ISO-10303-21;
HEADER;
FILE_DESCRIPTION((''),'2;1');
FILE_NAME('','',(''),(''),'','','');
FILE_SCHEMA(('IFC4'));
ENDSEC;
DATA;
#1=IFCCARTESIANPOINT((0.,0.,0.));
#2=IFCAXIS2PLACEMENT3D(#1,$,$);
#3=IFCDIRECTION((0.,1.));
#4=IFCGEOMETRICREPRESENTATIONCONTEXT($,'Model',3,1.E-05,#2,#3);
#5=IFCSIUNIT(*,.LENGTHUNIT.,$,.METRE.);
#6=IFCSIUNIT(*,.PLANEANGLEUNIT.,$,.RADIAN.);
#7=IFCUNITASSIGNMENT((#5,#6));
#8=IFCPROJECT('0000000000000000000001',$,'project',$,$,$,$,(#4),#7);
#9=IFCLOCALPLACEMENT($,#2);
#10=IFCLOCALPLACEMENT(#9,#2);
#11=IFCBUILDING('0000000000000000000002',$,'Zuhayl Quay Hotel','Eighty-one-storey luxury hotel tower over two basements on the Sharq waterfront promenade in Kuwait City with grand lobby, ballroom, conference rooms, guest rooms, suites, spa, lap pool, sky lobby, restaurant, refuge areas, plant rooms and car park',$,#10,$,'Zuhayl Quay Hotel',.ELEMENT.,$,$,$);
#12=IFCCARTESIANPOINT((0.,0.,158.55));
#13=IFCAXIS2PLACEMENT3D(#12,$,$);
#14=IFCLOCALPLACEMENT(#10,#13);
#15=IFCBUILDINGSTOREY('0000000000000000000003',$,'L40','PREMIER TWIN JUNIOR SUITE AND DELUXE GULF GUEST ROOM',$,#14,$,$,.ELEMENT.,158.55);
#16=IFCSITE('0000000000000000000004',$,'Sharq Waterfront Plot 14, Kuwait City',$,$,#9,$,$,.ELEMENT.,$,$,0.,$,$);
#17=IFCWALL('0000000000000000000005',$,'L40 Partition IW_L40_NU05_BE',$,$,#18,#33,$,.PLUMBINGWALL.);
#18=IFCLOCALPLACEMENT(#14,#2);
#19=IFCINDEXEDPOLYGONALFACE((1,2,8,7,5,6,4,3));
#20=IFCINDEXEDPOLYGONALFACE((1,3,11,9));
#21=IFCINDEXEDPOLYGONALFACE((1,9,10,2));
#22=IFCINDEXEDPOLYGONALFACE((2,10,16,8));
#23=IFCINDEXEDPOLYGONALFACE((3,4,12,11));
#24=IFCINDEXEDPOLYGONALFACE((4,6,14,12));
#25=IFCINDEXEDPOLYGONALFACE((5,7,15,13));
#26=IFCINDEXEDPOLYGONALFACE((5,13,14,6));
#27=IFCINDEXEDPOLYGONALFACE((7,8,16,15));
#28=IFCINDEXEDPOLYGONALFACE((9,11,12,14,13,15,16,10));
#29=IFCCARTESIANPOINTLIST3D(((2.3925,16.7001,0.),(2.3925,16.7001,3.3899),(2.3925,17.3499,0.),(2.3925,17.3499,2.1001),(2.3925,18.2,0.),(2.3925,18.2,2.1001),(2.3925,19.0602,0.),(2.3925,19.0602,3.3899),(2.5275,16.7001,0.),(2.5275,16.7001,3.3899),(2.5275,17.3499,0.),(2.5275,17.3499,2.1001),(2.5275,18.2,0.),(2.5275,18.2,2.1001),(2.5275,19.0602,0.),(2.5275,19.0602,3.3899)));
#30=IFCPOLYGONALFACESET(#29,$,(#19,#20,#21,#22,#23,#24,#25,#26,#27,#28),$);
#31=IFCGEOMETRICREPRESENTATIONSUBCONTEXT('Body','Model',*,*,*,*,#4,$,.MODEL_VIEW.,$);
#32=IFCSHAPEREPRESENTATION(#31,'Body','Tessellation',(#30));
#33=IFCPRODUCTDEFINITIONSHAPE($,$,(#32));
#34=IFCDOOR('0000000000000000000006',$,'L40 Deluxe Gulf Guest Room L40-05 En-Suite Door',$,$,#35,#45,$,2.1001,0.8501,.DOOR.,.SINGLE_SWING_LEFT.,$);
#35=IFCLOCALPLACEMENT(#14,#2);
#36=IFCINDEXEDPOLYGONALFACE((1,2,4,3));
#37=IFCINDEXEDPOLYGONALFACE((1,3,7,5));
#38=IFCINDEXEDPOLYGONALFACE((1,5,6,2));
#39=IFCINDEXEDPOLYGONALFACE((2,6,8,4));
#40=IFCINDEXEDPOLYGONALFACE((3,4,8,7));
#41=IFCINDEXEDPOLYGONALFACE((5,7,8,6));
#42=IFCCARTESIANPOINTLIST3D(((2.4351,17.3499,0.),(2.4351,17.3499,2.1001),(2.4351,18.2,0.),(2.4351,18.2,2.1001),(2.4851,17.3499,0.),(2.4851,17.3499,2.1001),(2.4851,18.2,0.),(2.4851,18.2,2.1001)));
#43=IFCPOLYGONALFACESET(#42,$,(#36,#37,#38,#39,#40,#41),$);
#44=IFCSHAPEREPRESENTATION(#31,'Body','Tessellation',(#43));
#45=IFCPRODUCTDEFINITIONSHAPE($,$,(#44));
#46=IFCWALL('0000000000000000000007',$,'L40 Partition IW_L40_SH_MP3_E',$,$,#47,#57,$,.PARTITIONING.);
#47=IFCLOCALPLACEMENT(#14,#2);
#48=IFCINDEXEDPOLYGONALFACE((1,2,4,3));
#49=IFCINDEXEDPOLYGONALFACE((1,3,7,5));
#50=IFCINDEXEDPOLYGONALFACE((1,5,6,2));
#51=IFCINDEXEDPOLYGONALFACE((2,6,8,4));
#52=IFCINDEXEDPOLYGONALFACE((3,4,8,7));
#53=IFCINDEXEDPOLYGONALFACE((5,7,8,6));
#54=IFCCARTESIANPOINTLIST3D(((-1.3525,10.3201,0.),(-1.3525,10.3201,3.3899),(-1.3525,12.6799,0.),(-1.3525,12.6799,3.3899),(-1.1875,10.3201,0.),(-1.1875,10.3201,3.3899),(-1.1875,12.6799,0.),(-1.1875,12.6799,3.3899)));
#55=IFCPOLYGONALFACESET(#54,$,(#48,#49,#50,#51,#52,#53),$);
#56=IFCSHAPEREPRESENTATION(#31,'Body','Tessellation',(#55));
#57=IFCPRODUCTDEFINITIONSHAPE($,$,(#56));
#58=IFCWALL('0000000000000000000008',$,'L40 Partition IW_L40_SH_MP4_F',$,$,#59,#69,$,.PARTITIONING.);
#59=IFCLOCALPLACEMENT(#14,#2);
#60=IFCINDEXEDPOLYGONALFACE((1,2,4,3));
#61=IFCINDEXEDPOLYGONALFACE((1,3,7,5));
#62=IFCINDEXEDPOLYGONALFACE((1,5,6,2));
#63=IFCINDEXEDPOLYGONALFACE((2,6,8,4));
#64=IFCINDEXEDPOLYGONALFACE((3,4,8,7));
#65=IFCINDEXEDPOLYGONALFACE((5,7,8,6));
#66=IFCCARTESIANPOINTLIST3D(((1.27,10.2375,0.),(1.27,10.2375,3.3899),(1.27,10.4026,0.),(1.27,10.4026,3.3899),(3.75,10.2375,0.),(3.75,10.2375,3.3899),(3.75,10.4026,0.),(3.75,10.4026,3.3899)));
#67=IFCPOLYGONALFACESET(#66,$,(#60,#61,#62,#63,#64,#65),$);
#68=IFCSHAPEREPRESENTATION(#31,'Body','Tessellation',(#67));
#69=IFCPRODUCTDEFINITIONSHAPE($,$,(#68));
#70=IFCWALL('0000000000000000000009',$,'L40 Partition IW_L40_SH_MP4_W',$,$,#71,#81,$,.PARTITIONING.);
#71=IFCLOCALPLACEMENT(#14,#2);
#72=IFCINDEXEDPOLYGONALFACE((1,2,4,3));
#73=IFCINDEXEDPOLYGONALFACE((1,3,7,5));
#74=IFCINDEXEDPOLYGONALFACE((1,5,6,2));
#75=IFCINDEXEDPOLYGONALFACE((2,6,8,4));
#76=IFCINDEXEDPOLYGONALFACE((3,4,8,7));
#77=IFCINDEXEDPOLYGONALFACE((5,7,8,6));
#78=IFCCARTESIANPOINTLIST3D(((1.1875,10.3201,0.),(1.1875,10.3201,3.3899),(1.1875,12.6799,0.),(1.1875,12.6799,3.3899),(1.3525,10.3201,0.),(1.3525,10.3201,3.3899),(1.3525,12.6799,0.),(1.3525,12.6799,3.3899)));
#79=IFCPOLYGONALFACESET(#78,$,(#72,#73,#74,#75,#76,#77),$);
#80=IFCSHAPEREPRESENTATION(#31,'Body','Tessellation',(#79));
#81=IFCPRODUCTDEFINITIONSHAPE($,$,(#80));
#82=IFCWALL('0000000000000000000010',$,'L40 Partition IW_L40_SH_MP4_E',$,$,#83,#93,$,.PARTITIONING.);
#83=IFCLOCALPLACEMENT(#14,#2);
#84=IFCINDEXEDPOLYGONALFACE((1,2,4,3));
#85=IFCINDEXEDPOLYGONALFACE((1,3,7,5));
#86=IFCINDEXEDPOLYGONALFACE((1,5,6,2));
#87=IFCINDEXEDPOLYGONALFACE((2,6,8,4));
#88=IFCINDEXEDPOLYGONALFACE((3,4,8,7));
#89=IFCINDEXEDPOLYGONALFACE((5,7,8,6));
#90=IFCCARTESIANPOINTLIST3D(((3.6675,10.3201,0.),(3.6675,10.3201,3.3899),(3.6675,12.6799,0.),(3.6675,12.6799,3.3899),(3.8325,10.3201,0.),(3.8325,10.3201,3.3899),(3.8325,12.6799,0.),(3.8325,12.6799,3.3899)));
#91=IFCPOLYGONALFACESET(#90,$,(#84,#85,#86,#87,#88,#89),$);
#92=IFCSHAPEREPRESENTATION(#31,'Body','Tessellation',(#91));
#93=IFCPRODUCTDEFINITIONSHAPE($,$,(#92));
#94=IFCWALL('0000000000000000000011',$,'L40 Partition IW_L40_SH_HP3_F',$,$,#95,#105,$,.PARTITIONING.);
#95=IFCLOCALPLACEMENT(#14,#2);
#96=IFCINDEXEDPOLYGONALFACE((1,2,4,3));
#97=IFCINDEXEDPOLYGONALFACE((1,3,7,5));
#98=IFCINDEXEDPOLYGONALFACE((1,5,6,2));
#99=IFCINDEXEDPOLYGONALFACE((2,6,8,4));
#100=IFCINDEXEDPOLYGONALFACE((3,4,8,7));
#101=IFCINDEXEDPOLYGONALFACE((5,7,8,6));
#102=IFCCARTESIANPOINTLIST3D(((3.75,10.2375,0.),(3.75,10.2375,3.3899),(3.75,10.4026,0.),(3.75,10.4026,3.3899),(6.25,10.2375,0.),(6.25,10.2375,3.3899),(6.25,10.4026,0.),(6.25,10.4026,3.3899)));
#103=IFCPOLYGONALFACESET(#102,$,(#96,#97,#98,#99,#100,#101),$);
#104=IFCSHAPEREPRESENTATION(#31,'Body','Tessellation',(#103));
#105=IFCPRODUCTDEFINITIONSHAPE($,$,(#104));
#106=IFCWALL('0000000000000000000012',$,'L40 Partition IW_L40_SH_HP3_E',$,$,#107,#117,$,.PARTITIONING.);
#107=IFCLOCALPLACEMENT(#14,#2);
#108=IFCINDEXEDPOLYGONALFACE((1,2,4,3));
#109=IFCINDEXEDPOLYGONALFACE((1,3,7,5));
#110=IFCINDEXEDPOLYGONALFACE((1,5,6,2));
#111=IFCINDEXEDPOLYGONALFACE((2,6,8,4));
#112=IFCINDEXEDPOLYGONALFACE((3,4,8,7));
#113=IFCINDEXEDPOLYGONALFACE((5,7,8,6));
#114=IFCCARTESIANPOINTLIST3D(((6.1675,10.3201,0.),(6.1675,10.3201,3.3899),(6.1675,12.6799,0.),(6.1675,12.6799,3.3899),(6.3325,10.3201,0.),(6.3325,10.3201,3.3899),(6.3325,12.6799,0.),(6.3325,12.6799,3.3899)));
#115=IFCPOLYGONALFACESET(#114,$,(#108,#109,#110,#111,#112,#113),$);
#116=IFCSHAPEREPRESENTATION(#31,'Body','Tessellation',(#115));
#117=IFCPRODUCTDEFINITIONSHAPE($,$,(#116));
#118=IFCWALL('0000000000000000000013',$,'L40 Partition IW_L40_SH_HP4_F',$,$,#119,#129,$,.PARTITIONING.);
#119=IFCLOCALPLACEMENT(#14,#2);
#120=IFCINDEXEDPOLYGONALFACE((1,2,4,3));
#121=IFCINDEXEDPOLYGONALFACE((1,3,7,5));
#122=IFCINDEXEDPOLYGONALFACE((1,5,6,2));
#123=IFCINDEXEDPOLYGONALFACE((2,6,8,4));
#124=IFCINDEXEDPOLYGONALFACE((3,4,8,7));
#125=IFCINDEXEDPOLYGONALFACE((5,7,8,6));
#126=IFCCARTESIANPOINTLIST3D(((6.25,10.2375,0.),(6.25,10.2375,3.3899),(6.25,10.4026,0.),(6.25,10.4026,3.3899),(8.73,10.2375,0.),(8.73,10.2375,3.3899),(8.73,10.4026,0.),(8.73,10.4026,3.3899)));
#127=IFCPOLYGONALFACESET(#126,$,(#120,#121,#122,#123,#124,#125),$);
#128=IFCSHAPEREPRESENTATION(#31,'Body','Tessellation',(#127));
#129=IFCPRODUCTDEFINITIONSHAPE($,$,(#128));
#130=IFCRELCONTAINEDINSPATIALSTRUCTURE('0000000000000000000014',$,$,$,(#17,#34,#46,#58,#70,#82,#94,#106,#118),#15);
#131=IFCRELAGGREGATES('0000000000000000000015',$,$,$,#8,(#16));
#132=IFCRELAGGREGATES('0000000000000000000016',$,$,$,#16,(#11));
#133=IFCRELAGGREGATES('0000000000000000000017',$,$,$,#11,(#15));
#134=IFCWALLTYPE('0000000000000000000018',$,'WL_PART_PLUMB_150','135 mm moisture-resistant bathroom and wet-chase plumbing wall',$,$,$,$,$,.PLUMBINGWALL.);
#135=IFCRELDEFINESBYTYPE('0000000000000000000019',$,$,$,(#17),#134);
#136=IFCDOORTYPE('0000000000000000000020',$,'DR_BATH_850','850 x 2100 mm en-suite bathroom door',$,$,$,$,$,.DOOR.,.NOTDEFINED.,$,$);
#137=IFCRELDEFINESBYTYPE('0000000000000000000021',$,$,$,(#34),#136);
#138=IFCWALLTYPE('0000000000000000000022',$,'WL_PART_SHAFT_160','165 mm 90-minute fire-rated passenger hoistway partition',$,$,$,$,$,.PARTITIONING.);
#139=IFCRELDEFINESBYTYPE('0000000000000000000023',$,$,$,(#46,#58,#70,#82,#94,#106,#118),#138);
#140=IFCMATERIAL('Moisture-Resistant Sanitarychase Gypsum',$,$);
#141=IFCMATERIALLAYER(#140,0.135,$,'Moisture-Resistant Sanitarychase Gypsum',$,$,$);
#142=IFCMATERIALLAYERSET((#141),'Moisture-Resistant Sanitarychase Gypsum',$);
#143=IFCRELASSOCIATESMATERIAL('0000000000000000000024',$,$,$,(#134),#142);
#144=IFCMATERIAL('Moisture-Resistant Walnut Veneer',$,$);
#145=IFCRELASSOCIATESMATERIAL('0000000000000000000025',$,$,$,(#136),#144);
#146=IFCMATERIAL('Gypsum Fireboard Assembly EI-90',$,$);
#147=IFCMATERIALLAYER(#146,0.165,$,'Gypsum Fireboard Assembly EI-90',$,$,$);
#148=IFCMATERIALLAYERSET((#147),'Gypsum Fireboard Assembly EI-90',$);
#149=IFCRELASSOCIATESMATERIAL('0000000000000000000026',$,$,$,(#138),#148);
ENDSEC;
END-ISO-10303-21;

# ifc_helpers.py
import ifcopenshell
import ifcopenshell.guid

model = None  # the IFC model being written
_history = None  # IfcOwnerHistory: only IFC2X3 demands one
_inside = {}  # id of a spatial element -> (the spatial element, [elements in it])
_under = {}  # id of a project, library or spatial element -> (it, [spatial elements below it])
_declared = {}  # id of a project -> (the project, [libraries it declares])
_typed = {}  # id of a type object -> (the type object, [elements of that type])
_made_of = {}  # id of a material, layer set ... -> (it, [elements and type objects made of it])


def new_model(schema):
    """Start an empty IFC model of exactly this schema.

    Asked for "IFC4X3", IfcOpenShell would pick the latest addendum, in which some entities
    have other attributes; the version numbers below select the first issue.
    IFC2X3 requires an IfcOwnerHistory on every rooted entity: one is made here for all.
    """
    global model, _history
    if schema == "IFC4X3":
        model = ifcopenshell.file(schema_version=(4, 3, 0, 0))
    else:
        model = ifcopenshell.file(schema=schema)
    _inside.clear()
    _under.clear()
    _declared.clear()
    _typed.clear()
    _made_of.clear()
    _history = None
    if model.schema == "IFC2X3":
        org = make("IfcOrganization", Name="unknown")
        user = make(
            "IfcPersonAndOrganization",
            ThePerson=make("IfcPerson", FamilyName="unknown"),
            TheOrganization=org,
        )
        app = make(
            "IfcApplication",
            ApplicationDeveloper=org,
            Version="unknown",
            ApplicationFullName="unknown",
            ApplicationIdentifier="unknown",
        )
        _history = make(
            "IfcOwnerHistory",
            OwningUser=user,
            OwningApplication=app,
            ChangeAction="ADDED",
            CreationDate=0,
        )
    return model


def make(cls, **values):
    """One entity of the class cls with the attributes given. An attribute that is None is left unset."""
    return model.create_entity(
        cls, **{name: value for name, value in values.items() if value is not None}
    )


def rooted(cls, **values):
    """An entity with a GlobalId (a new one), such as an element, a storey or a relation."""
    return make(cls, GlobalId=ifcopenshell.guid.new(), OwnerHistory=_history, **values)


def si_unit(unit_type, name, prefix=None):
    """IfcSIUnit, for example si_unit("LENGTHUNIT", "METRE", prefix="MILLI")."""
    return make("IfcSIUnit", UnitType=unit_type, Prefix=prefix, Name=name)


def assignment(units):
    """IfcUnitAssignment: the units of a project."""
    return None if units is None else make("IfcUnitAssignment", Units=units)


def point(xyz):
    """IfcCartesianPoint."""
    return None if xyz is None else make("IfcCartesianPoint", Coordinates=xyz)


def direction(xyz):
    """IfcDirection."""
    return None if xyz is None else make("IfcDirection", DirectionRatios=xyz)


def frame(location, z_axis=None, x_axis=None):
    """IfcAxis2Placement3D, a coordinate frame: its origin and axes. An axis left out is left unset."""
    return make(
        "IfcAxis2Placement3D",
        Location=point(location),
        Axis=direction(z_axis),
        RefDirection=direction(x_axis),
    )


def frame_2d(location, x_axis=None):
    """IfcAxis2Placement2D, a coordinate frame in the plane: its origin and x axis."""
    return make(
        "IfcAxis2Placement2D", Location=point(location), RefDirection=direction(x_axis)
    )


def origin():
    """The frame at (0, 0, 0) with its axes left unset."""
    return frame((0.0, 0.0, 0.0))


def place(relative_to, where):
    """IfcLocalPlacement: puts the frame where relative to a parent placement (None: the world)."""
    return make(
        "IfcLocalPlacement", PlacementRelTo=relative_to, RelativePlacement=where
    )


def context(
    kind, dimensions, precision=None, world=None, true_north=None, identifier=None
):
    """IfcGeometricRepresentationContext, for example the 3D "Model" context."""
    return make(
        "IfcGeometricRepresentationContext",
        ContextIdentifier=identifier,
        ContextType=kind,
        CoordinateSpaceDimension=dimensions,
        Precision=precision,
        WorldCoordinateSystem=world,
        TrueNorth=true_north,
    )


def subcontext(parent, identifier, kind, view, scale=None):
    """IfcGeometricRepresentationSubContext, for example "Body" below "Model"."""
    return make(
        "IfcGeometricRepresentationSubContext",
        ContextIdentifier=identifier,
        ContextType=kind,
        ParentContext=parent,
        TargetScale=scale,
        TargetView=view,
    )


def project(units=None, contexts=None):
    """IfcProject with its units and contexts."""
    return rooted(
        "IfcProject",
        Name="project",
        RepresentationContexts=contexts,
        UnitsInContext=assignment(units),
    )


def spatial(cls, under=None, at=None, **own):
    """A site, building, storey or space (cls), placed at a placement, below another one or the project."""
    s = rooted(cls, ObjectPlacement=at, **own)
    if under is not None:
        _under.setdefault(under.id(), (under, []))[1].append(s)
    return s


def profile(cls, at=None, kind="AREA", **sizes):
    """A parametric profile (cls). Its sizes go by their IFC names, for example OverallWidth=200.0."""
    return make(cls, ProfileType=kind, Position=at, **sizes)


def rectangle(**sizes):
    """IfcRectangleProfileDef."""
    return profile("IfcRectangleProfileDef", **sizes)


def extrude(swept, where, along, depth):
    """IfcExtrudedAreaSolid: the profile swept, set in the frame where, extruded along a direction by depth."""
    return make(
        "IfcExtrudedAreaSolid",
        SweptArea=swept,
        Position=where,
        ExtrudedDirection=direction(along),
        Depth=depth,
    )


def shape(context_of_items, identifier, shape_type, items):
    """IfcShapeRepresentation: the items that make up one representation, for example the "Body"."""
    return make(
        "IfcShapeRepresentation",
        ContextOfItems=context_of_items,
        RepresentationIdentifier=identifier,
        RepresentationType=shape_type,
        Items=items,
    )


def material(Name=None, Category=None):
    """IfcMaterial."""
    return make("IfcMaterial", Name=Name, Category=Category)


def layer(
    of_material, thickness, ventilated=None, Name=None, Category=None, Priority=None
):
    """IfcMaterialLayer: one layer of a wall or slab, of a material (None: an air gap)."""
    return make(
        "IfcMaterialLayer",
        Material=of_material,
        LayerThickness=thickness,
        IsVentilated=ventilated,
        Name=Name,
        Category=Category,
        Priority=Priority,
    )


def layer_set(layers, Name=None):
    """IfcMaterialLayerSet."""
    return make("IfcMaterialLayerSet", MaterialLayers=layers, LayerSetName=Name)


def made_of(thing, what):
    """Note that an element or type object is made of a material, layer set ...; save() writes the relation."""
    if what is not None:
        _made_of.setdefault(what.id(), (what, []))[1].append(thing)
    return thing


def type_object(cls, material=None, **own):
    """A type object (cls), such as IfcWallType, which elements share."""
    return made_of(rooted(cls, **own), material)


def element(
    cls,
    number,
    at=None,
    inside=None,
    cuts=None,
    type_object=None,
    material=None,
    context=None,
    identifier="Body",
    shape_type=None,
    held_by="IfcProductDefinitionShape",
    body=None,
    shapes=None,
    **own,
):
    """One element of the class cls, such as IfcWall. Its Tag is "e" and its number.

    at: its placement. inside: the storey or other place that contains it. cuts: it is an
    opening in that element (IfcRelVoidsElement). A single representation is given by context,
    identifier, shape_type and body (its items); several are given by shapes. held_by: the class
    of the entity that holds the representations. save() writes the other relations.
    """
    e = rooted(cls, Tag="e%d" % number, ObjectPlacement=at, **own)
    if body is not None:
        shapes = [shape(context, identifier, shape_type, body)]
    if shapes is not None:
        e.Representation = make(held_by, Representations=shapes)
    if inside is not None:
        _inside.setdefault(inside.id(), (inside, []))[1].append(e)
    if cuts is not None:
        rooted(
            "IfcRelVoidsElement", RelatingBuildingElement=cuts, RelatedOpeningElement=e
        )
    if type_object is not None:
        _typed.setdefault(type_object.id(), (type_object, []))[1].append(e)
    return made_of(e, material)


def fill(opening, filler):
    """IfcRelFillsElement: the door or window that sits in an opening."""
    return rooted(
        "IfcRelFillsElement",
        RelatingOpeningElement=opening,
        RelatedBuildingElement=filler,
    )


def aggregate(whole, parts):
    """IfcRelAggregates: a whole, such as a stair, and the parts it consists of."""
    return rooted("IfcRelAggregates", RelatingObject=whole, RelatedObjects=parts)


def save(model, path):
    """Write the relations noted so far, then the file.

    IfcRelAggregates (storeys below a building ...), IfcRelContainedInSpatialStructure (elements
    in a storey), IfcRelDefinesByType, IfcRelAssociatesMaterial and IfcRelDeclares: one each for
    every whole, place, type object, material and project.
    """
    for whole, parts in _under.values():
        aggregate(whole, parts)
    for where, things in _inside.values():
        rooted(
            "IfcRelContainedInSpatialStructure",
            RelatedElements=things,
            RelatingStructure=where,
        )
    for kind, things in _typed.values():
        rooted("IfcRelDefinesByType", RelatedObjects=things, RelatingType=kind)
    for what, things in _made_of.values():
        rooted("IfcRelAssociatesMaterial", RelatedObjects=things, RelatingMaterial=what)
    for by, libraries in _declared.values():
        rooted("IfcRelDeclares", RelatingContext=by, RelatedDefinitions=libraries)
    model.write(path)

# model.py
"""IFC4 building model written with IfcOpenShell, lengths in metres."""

from ifc_helpers import new_model, si_unit, direction, frame, frame_2d, origin, place, context, subcontext, project, spatial, rectangle, extrude, material, layer, layer_set, type_object, element, fill, save


model = new_model("IFC4")

# Units and contexts
model_context = context("Model", 3, precision=1e-05, world=origin(), true_north=direction((0.0, 1.0)))
body_context = subcontext(model_context, "Body", "Model", "MODEL_VIEW")
ifc_project = project(units=[si_unit("LENGTHUNIT", "METRE"), si_unit("PLANEANGLEUNIT", "RADIAN")], contexts=[model_context])

# Site, building, storey
site_placement = place(None, origin())
site = spatial("IfcSite", under=ifc_project, at=site_placement, Name="Sharq Waterfront Plot 14, Kuwait City", CompositionType="ELEMENT", RefElevation=0.0)
building_placement = place(site_placement, origin())
building = spatial("IfcBuilding", under=site, at=building_placement, Name="Zuhayl Quay Hotel", Description="Eighty-one-storey luxury hotel tower over two basements on the Sharq waterfront promenade in Kuwait City with grand lobby, ballroom, conference rooms, guest rooms, suites, spa, lap pool, sky lobby, restaurant, refuge areas, plant rooms and car park", LongName="Zuhayl Quay Hotel", CompositionType="ELEMENT")
storey_placement = place(building_placement, frame((0.0, 0.0, 158.55)))
storey = spatial("IfcBuildingStorey", under=building, at=storey_placement, Name="L40", Description="PREMIER TWIN JUNIOR SUITE AND DELUXE GULF GUEST ROOM", CompositionType="ELEMENT", Elevation=158.55)

# Wall, opening, door
ifc_material_1 = material(Name="Moisture-Resistant Sanitarychase Gypsum")
ifc_layer_1 = layer(ifc_material_1, 0.135, Name="Moisture-Resistant Sanitarychase Gypsum")
ifc_layer_set_1 = layer_set([ifc_layer_1], Name="Moisture-Resistant Sanitarychase Gypsum")
wall_type_1 = type_object("IfcWallType", Name="WL_PART_PLUMB_150", Description="135 mm moisture-resistant bathroom and wet-chase plumbing wall", PredefinedType="PLUMBINGWALL", material=ifc_layer_set_1)
wall_1_placement = place(storey_placement, frame((2.46, 16.7, 0.0), z_axis=(0.0, 0.0, 1.0), x_axis=(0.0, 1.0, 0.0)))
wall_1 = element("IfcWall", 1, at=wall_1_placement, inside=storey, type_object=wall_type_1, Name="L40 Partition IW_L40_NU05_BE", PredefinedType="PLUMBINGWALL", context=body_context, shape_type="SweptSolid", body=[
    extrude(rectangle(XDim=2.3601, YDim=0.135, at=frame_2d((1.1802, 0.0))), origin(), (0.0, 0.0, 1.0), 3.3899),
])
opening_1_placement = place(wall_1_placement, frame((0.6499, 0.0, 0.0)))
opening_1 = element("IfcOpeningElement", 2, at=opening_1_placement, cuts=wall_1, PredefinedType="OPENING", context=body_context, shape_type="SweptSolid", body=[
    extrude(rectangle(XDim=0.8501, YDim=2.1001, at=frame_2d((0.425, 1.05))), frame((0.0, 0.0774, 0.0), z_axis=(0.0, -1.0, 0.0), x_axis=(1.0, 0.0, 0.0)), (0.0, 0.0, 1.0), 0.155),
])
ifc_material_2 = material(Name="Moisture-Resistant Walnut Veneer")
door_type_1 = type_object("IfcDoorType", Name="DR_BATH_850", Description="850 x 2100 mm en-suite bathroom door", OperationType="NOTDEFINED", PredefinedType="DOOR", material=ifc_material_2)
door_1_placement = place(opening_1_placement, origin())
door_1 = element("IfcDoor", 3, at=door_1_placement, inside=storey, type_object=door_type_1, Name="L40 Deluxe Gulf Guest Room L40-05 En-Suite Door", OperationType="SINGLE_SWING_LEFT", OverallHeight=2.1001, OverallWidth=0.8501, PredefinedType="DOOR", context=body_context, shape_type="SweptSolid", body=[
    extrude(rectangle(XDim=0.8501, YDim=2.1001, at=frame_2d((0.425, 1.05))), frame((0.0, 0.0249, 0.0), z_axis=(0.0, -1.0, 0.0), x_axis=(1.0, 0.0, 0.0)), (0.0, 0.0, 1.0), 0.05),
])
fill(opening_1, door_1)

# Walls
ifc_material_3 = material(Name="Gypsum Fireboard Assembly EI-90")
ifc_layer_2 = layer(ifc_material_3, 0.165, Name="Gypsum Fireboard Assembly EI-90")
ifc_layer_set_2 = layer_set([ifc_layer_2], Name="Gypsum Fireboard Assembly EI-90")
wall_type_2 = type_object("IfcWallType", Name="WL_PART_SHAFT_160", Description="165 mm 90-minute fire-rated passenger hoistway partition", PredefinedType="PARTITIONING", material=ifc_layer_set_2)
wall_2_placement = place(storey_placement, frame((-1.27, 10.3201, 0.0), z_axis=(0.0, 0.0, 1.0), x_axis=(0.0, 1.0, 0.0)))
element("IfcWall", 4, at=wall_2_placement, inside=storey, type_object=wall_type_2, Name="L40 Partition IW_L40_SH_MP3_E", PredefinedType="PARTITIONING", context=body_context, shape_type="SweptSolid", body=[
    extrude(rectangle(XDim=2.3599, YDim=0.165, at=frame_2d((1.1799, 0.0))), origin(), (0.0, 0.0, 1.0), 3.3899),
])
wall_3_placement = place(storey_placement, frame((1.27, 10.3201, 0.0), z_axis=(0.0, 0.0, 1.0), x_axis=(1.0, 0.0, 0.0)))
element("IfcWall", 5, at=wall_3_placement, inside=storey, type_object=wall_type_2, Name="L40 Partition IW_L40_SH_MP4_F", PredefinedType="PARTITIONING", context=body_context, shape_type="SweptSolid", body=[
    extrude(rectangle(XDim=2.48, YDim=0.165, at=frame_2d((1.24, 0.0))), origin(), (0.0, 0.0, 1.0), 3.3899),
])
for number, where, z_axis, x_axis, name in (
    (6, (1.27, 10.3201, 0.0), (0.0, 0.0, 1.0), (0.0, 1.0, 0.0), "L40 Partition IW_L40_SH_MP4_W"),
    (7, (3.75, 10.3201, 0.0), (0.0, 0.0, 1.0), (0.0, 1.0, 0.0), "L40 Partition IW_L40_SH_MP4_E"),
):
    element("IfcWall", number, at=place(storey_placement, frame(where, z_axis=z_axis, x_axis=x_axis)), inside=storey, type_object=wall_type_2, Name=name, PredefinedType="PARTITIONING", context=body_context, shape_type="SweptSolid", body=[
        extrude(rectangle(XDim=2.3599, YDim=0.165, at=frame_2d((1.1799, 0.0))), origin(), (0.0, 0.0, 1.0), 3.3899),
    ])
wall_4_placement = place(storey_placement, frame((3.75, 10.3201, 0.0), z_axis=(0.0, 0.0, 1.0), x_axis=(1.0, 0.0, 0.0)))
element("IfcWall", 8, at=wall_4_placement, inside=storey, type_object=wall_type_2, Name="L40 Partition IW_L40_SH_HP3_F", PredefinedType="PARTITIONING", context=body_context, shape_type="SweptSolid", body=[
    extrude(rectangle(XDim=2.5, YDim=0.165, at=frame_2d((1.25, 0.0))), origin(), (0.0, 0.0, 1.0), 3.3899),
])
wall_5_placement = place(storey_placement, frame((6.25, 10.3201, 0.0), z_axis=(0.0, 0.0, 1.0), x_axis=(0.0, 1.0, 0.0)))
element("IfcWall", 9, at=wall_5_placement, inside=storey, type_object=wall_type_2, Name="L40 Partition IW_L40_SH_HP3_E", PredefinedType="PARTITIONING", context=body_context, shape_type="SweptSolid", body=[
    extrude(rectangle(XDim=2.3599, YDim=0.165, at=frame_2d((1.1799, 0.0))), origin(), (0.0, 0.0, 1.0), 3.3899),
])
wall_6_placement = place(storey_placement, frame((6.25, 10.3201, 0.0), z_axis=(0.0, 0.0, 1.0), x_axis=(1.0, 0.0, 0.0)))
element("IfcWall", 10, at=wall_6_placement, inside=storey, type_object=wall_type_2, Name="L40 Partition IW_L40_SH_HP4_F", PredefinedType="PARTITIONING", context=body_context, shape_type="SweptSolid", body=[
    extrude(rectangle(XDim=2.48, YDim=0.165, at=frame_2d((1.24, 0.0))), origin(), (0.0, 0.0, 1.0), 3.3899),
])

save(model, "model.ifc")
